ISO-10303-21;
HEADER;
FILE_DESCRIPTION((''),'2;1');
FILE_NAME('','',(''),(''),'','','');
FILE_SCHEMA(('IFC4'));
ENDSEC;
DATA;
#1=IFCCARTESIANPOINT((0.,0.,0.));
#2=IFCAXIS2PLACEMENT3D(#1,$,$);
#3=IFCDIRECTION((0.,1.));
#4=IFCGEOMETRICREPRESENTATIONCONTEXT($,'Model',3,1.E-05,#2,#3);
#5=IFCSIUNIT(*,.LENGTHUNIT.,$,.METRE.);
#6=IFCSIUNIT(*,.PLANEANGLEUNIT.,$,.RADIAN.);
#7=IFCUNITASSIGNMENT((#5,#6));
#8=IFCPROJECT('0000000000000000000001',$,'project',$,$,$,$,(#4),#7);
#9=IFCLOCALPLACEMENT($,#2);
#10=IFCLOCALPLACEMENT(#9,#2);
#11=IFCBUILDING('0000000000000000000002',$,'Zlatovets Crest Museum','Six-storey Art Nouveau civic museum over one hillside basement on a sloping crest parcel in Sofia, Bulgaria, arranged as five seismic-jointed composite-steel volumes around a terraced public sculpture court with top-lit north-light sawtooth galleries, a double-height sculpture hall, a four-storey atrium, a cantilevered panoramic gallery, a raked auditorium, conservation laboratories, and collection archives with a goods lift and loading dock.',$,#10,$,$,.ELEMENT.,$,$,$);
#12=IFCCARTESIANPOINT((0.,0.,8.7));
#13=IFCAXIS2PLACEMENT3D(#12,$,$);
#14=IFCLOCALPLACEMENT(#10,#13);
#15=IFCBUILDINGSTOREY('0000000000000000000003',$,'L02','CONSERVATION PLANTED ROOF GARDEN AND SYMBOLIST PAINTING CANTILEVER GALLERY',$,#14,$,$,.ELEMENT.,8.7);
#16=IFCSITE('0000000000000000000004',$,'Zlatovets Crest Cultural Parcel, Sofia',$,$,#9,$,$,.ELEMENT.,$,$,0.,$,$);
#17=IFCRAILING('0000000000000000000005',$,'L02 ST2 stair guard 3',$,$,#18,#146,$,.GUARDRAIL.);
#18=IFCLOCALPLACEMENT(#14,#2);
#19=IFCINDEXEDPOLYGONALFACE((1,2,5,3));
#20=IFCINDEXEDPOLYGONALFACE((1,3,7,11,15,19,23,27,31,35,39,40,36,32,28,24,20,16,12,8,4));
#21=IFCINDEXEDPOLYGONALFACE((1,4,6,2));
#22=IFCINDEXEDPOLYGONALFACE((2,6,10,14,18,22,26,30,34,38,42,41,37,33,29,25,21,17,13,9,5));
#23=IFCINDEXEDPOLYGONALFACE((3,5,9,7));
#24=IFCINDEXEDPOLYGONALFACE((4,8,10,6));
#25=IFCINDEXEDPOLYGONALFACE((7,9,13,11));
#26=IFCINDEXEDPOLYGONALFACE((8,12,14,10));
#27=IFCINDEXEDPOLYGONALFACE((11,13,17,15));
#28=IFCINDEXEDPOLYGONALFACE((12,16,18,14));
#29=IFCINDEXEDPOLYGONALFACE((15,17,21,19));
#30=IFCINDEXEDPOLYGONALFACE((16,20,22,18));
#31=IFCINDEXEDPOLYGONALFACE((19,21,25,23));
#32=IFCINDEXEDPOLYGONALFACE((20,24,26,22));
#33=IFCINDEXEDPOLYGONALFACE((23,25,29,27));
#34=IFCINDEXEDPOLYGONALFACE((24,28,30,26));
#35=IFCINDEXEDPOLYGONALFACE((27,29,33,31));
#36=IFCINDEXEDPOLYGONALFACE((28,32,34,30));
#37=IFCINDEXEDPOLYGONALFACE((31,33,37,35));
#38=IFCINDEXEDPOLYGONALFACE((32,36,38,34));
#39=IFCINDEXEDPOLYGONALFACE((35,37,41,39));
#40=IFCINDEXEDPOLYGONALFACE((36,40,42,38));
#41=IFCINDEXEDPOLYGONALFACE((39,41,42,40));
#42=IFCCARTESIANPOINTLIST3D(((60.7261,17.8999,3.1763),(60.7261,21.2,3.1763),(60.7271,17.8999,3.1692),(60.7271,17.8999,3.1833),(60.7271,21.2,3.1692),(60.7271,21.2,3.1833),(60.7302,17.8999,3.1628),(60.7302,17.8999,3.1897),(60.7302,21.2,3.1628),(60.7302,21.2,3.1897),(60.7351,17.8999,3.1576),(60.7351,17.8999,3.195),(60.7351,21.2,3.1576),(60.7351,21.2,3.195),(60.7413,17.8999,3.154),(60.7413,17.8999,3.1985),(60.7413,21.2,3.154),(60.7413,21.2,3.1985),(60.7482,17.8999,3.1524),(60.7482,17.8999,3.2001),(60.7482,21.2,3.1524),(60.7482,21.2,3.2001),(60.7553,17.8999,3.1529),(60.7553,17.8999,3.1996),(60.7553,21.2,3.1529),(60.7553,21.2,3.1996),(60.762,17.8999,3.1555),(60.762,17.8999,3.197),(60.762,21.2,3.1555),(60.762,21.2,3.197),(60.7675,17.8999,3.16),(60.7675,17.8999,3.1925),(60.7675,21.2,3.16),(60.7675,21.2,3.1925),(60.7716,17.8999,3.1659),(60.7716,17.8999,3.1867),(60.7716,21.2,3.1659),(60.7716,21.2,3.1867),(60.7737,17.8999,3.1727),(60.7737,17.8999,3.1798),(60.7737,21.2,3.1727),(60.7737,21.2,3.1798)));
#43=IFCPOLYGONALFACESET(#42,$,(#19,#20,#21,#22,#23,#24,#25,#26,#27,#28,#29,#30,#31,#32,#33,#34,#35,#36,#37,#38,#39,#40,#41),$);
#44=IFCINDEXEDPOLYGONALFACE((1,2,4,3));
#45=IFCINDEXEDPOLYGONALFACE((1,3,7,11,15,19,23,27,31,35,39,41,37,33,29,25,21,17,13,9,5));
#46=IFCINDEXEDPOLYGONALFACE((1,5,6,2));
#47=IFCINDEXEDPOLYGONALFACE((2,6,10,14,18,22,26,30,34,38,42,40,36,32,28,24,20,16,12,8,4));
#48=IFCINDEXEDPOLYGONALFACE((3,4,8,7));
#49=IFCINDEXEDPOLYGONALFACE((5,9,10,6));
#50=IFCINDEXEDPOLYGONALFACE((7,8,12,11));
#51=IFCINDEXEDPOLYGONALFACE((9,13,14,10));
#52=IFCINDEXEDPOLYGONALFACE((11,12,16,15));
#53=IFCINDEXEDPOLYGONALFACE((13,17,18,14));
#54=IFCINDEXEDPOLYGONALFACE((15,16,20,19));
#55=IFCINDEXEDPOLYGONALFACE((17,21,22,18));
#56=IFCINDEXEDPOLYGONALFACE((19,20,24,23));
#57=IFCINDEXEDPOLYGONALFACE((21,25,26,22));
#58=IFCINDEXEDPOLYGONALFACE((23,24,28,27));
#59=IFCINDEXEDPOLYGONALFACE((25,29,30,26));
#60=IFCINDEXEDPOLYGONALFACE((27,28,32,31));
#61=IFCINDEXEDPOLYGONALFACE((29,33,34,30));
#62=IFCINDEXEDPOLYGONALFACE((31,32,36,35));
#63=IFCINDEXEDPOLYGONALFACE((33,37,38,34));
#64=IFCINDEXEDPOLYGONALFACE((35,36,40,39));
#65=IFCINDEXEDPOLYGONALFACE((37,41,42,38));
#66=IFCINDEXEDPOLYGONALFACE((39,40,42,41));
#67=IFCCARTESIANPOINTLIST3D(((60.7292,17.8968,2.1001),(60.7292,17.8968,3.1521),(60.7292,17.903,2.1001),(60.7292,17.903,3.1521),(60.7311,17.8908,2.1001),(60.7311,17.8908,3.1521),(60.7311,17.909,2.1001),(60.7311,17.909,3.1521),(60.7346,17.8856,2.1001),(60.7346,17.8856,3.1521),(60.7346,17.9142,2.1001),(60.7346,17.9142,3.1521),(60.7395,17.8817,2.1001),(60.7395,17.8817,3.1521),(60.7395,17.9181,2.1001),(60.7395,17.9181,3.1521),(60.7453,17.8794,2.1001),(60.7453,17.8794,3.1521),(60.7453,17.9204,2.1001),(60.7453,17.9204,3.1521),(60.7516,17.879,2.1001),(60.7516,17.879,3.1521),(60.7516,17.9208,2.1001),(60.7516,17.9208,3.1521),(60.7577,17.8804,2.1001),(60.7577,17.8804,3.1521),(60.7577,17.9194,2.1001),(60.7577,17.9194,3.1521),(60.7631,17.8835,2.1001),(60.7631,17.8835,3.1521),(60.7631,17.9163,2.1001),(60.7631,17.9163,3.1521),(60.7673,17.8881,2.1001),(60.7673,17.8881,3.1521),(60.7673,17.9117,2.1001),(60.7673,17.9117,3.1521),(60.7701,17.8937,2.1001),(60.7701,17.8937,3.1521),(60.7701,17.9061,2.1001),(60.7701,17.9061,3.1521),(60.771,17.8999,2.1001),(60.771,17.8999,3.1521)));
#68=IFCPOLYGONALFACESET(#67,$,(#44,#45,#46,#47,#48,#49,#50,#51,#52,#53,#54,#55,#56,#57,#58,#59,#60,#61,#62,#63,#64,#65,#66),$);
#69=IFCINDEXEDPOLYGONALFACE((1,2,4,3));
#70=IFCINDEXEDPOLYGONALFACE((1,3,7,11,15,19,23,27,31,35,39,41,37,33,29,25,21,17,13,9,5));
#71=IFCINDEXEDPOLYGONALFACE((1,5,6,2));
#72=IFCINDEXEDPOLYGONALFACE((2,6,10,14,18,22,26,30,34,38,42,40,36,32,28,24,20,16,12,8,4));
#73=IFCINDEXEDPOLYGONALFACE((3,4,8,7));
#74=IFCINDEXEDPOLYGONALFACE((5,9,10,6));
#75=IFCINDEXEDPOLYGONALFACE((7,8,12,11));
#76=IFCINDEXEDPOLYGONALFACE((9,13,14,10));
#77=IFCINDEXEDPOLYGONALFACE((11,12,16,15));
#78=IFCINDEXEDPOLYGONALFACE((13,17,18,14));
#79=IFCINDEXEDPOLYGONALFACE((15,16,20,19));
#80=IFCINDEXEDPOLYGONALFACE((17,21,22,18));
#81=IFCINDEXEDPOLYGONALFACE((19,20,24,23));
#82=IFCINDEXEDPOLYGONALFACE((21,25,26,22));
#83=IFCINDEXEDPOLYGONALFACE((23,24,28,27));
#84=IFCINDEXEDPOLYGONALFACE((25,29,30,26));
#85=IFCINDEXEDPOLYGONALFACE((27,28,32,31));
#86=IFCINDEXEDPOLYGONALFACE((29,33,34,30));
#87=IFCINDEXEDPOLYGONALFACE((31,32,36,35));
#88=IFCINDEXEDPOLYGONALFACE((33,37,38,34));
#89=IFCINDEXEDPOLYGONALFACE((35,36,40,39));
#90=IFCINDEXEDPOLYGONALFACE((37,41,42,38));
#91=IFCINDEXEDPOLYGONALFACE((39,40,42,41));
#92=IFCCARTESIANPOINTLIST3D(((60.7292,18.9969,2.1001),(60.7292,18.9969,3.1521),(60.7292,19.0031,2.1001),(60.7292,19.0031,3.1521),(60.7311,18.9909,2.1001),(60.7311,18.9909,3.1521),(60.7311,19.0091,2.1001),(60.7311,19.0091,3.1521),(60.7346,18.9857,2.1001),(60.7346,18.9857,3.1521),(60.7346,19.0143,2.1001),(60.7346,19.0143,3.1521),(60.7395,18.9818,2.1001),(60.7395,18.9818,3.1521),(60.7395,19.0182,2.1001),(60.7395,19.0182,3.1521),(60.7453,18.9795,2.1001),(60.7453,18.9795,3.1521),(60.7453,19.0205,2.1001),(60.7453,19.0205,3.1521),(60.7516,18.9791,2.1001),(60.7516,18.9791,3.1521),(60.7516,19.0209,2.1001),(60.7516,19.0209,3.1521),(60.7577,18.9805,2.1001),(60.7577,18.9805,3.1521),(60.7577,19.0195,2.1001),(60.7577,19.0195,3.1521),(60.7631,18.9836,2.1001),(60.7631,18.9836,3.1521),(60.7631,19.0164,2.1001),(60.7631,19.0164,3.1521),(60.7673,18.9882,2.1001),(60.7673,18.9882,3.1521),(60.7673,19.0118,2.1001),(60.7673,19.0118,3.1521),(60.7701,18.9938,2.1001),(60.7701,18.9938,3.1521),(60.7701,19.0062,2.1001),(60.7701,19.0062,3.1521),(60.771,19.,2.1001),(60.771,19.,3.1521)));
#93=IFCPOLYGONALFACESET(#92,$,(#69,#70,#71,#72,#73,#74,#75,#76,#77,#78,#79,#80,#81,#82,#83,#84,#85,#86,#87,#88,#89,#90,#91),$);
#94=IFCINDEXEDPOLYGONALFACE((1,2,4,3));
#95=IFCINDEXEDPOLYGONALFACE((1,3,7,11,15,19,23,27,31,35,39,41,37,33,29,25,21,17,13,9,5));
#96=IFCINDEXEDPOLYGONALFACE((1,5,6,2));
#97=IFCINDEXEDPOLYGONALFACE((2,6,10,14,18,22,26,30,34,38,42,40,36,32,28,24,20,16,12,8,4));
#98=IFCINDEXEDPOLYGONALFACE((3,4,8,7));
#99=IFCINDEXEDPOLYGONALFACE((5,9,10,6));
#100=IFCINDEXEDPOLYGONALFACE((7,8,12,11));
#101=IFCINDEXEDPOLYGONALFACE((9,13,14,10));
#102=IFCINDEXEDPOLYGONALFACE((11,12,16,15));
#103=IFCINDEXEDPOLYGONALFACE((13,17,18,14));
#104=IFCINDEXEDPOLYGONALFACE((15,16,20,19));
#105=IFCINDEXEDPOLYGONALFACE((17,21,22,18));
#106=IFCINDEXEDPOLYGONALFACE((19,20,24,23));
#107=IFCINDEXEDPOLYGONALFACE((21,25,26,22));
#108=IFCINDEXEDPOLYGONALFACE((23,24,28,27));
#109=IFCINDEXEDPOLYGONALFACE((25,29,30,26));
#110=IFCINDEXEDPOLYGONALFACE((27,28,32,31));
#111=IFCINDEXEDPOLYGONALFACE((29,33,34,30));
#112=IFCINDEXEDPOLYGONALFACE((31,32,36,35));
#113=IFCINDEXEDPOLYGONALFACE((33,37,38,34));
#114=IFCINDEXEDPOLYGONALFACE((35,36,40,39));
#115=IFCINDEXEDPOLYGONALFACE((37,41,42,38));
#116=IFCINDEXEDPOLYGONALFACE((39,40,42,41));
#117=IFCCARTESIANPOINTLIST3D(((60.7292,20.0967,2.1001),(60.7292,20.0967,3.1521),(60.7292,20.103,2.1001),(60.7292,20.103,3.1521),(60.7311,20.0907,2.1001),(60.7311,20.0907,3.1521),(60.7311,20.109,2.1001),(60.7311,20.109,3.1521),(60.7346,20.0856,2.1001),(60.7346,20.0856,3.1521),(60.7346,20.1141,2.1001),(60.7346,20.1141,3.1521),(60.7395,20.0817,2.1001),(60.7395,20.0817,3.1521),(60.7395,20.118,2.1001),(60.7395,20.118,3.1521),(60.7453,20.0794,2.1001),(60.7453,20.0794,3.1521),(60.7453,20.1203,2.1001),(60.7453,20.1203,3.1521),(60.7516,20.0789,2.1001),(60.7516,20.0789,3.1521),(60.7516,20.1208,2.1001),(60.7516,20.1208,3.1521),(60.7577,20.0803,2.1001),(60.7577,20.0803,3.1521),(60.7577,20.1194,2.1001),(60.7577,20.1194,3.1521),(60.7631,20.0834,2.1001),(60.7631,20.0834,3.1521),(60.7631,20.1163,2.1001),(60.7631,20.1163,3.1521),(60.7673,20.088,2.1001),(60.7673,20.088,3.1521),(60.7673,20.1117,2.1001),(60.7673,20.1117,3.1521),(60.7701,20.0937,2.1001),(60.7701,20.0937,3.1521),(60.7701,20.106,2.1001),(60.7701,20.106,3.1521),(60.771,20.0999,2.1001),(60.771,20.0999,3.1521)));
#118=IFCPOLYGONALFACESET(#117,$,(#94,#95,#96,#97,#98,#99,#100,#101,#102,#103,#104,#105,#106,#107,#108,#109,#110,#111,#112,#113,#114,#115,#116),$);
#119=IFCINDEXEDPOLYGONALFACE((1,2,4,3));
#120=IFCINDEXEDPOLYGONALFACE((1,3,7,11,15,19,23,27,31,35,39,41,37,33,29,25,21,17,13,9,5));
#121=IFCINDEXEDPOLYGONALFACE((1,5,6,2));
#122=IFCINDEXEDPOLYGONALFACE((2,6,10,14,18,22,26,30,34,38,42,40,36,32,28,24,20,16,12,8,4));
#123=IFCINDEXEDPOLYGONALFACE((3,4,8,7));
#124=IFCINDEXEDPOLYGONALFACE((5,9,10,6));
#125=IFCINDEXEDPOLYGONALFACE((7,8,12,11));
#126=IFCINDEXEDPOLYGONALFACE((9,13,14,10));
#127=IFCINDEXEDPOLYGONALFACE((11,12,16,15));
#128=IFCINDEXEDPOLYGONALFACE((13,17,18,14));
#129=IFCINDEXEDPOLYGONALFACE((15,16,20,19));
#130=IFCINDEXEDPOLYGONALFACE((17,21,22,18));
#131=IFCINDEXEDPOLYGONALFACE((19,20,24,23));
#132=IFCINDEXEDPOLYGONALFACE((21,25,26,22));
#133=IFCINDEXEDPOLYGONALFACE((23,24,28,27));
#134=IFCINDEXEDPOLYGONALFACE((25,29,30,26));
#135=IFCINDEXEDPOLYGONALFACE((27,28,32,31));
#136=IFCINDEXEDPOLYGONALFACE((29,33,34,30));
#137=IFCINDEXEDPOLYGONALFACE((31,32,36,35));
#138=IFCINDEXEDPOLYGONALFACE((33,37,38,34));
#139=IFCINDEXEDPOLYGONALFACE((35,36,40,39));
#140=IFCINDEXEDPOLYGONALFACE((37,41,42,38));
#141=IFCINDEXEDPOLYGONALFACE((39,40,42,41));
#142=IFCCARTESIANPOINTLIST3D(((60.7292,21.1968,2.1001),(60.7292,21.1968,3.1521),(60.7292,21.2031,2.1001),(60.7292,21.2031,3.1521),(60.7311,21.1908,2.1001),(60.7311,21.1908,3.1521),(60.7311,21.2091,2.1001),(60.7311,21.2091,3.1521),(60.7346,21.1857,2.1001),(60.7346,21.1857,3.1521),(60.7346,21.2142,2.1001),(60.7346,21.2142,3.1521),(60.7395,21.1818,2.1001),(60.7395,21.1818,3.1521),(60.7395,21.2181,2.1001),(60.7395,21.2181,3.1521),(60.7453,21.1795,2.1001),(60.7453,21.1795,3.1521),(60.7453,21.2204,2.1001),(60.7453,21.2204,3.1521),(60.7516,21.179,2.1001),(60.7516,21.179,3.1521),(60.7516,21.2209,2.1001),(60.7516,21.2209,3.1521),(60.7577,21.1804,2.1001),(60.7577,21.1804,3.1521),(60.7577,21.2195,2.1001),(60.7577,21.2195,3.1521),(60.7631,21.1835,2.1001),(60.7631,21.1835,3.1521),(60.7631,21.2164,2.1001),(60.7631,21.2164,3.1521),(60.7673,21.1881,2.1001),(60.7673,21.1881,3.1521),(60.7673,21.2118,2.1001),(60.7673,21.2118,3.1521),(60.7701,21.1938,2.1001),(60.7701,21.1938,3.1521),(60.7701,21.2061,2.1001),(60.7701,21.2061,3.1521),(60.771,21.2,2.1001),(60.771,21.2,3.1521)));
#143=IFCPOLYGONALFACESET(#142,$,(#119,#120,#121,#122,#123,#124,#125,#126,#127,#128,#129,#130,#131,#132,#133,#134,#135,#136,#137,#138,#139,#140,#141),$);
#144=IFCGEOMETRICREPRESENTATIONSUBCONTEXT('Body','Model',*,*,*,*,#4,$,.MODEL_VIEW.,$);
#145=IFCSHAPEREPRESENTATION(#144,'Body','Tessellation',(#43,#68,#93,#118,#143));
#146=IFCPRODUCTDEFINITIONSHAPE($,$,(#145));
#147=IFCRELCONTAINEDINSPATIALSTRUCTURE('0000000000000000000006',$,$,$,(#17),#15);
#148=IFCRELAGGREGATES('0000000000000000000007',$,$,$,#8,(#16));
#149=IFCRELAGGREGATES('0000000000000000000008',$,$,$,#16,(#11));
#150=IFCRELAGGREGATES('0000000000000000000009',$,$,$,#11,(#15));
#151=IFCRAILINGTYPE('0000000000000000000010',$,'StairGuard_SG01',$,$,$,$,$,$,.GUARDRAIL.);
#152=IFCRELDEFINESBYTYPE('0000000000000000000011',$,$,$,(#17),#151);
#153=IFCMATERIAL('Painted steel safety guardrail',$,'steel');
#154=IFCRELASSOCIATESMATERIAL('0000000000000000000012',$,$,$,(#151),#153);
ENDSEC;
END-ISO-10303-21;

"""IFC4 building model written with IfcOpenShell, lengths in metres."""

from ifc_helpers import new_model, si_unit, direction, frame, origin, origin_2d, place, context, subcontext, project, spatial, circle, extrude, material, type_object, element, save


model = new_model("IFC4")

# Units and contexts
model_context = context("Model", 3, precision=1e-05, world=origin(), true_north=direction((0.0, 1.0)))
body_context = subcontext(model_context, "Body", "Model", "MODEL_VIEW")
ifc_project = project(units=[si_unit("LENGTHUNIT", "METRE"), si_unit("PLANEANGLEUNIT", "RADIAN")], contexts=[model_context])

# Site, building, storey
site_placement = place(None, origin())
site = spatial("IfcSite", under=ifc_project, at=site_placement, Name="Zlatovets Crest Cultural Parcel, Sofia", CompositionType="ELEMENT", RefElevation=0.0)
building_placement = place(site_placement, origin())
building = spatial("IfcBuilding", under=site, at=building_placement, Name="Zlatovets Crest Museum", Description="Six-storey Art Nouveau civic museum over one hillside basement on a sloping crest parcel in Sofia, Bulgaria, arranged as five seismic-jointed composite-steel volumes around a terraced public sculpture court with top-lit north-light sawtooth galleries, a double-height sculpture hall, a four-storey atrium, a cantilevered panoramic gallery, a raked auditorium, conservation laboratories, and collection archives with a goods lift and loading dock.", CompositionType="ELEMENT")
storey_placement = place(building_placement, frame((0.0, 0.0, 8.7)))
storey = spatial("IfcBuildingStorey", under=building, at=storey_placement, Name="L02", Description="CONSERVATION PLANTED ROOF GARDEN AND SYMBOLIST PAINTING CANTILEVER GALLERY", CompositionType="ELEMENT", Elevation=8.7)

# Railing
ifc_material_1 = material(Name="Painted steel safety guardrail", Category="steel")
railing_type_1 = type_object("IfcRailingType", Name="StairGuard_SG01", PredefinedType="GUARDRAIL", material=ifc_material_1)
for number, where, name in (
    (1, (60.75, 17.8999, 2.1001), "L02 ST2 stair guard 3"),
):
    element("IfcRailing", number, at=place(storey_placement, frame(where)), inside=storey, type_object=railing_type_1, Name=name, PredefinedType="GUARDRAIL", context=body_context, shape_type="SweptSolid", body=[
        extrude(circle(Radius=0.0239, at=origin_2d()), frame((0.0, 0.0, 1.0762), z_axis=(0.0, 1.0, 0.0), x_axis=(-1.0, 0.0, 0.0)), (0.0, 0.0, 1.0), 3.3),
        extrude(circle(Radius=0.021, at=origin_2d()), origin(), (0.0, 0.0, 1.0), 1.052),
        extrude(circle(Radius=0.021, at=origin_2d()), frame((0.0, 1.1001, 0.0)), (0.0, 0.0, 1.0), 1.052),
        extrude(circle(Radius=0.021, at=origin_2d()), frame((0.0, 2.2, 0.0)), (0.0, 0.0, 1.0), 1.052),
        extrude(circle(Radius=0.021, at=origin_2d()), frame((0.0, 3.3, 0.0)), (0.0, 0.0, 1.0), 1.052),
    ])

save(model, "model.ifc")
